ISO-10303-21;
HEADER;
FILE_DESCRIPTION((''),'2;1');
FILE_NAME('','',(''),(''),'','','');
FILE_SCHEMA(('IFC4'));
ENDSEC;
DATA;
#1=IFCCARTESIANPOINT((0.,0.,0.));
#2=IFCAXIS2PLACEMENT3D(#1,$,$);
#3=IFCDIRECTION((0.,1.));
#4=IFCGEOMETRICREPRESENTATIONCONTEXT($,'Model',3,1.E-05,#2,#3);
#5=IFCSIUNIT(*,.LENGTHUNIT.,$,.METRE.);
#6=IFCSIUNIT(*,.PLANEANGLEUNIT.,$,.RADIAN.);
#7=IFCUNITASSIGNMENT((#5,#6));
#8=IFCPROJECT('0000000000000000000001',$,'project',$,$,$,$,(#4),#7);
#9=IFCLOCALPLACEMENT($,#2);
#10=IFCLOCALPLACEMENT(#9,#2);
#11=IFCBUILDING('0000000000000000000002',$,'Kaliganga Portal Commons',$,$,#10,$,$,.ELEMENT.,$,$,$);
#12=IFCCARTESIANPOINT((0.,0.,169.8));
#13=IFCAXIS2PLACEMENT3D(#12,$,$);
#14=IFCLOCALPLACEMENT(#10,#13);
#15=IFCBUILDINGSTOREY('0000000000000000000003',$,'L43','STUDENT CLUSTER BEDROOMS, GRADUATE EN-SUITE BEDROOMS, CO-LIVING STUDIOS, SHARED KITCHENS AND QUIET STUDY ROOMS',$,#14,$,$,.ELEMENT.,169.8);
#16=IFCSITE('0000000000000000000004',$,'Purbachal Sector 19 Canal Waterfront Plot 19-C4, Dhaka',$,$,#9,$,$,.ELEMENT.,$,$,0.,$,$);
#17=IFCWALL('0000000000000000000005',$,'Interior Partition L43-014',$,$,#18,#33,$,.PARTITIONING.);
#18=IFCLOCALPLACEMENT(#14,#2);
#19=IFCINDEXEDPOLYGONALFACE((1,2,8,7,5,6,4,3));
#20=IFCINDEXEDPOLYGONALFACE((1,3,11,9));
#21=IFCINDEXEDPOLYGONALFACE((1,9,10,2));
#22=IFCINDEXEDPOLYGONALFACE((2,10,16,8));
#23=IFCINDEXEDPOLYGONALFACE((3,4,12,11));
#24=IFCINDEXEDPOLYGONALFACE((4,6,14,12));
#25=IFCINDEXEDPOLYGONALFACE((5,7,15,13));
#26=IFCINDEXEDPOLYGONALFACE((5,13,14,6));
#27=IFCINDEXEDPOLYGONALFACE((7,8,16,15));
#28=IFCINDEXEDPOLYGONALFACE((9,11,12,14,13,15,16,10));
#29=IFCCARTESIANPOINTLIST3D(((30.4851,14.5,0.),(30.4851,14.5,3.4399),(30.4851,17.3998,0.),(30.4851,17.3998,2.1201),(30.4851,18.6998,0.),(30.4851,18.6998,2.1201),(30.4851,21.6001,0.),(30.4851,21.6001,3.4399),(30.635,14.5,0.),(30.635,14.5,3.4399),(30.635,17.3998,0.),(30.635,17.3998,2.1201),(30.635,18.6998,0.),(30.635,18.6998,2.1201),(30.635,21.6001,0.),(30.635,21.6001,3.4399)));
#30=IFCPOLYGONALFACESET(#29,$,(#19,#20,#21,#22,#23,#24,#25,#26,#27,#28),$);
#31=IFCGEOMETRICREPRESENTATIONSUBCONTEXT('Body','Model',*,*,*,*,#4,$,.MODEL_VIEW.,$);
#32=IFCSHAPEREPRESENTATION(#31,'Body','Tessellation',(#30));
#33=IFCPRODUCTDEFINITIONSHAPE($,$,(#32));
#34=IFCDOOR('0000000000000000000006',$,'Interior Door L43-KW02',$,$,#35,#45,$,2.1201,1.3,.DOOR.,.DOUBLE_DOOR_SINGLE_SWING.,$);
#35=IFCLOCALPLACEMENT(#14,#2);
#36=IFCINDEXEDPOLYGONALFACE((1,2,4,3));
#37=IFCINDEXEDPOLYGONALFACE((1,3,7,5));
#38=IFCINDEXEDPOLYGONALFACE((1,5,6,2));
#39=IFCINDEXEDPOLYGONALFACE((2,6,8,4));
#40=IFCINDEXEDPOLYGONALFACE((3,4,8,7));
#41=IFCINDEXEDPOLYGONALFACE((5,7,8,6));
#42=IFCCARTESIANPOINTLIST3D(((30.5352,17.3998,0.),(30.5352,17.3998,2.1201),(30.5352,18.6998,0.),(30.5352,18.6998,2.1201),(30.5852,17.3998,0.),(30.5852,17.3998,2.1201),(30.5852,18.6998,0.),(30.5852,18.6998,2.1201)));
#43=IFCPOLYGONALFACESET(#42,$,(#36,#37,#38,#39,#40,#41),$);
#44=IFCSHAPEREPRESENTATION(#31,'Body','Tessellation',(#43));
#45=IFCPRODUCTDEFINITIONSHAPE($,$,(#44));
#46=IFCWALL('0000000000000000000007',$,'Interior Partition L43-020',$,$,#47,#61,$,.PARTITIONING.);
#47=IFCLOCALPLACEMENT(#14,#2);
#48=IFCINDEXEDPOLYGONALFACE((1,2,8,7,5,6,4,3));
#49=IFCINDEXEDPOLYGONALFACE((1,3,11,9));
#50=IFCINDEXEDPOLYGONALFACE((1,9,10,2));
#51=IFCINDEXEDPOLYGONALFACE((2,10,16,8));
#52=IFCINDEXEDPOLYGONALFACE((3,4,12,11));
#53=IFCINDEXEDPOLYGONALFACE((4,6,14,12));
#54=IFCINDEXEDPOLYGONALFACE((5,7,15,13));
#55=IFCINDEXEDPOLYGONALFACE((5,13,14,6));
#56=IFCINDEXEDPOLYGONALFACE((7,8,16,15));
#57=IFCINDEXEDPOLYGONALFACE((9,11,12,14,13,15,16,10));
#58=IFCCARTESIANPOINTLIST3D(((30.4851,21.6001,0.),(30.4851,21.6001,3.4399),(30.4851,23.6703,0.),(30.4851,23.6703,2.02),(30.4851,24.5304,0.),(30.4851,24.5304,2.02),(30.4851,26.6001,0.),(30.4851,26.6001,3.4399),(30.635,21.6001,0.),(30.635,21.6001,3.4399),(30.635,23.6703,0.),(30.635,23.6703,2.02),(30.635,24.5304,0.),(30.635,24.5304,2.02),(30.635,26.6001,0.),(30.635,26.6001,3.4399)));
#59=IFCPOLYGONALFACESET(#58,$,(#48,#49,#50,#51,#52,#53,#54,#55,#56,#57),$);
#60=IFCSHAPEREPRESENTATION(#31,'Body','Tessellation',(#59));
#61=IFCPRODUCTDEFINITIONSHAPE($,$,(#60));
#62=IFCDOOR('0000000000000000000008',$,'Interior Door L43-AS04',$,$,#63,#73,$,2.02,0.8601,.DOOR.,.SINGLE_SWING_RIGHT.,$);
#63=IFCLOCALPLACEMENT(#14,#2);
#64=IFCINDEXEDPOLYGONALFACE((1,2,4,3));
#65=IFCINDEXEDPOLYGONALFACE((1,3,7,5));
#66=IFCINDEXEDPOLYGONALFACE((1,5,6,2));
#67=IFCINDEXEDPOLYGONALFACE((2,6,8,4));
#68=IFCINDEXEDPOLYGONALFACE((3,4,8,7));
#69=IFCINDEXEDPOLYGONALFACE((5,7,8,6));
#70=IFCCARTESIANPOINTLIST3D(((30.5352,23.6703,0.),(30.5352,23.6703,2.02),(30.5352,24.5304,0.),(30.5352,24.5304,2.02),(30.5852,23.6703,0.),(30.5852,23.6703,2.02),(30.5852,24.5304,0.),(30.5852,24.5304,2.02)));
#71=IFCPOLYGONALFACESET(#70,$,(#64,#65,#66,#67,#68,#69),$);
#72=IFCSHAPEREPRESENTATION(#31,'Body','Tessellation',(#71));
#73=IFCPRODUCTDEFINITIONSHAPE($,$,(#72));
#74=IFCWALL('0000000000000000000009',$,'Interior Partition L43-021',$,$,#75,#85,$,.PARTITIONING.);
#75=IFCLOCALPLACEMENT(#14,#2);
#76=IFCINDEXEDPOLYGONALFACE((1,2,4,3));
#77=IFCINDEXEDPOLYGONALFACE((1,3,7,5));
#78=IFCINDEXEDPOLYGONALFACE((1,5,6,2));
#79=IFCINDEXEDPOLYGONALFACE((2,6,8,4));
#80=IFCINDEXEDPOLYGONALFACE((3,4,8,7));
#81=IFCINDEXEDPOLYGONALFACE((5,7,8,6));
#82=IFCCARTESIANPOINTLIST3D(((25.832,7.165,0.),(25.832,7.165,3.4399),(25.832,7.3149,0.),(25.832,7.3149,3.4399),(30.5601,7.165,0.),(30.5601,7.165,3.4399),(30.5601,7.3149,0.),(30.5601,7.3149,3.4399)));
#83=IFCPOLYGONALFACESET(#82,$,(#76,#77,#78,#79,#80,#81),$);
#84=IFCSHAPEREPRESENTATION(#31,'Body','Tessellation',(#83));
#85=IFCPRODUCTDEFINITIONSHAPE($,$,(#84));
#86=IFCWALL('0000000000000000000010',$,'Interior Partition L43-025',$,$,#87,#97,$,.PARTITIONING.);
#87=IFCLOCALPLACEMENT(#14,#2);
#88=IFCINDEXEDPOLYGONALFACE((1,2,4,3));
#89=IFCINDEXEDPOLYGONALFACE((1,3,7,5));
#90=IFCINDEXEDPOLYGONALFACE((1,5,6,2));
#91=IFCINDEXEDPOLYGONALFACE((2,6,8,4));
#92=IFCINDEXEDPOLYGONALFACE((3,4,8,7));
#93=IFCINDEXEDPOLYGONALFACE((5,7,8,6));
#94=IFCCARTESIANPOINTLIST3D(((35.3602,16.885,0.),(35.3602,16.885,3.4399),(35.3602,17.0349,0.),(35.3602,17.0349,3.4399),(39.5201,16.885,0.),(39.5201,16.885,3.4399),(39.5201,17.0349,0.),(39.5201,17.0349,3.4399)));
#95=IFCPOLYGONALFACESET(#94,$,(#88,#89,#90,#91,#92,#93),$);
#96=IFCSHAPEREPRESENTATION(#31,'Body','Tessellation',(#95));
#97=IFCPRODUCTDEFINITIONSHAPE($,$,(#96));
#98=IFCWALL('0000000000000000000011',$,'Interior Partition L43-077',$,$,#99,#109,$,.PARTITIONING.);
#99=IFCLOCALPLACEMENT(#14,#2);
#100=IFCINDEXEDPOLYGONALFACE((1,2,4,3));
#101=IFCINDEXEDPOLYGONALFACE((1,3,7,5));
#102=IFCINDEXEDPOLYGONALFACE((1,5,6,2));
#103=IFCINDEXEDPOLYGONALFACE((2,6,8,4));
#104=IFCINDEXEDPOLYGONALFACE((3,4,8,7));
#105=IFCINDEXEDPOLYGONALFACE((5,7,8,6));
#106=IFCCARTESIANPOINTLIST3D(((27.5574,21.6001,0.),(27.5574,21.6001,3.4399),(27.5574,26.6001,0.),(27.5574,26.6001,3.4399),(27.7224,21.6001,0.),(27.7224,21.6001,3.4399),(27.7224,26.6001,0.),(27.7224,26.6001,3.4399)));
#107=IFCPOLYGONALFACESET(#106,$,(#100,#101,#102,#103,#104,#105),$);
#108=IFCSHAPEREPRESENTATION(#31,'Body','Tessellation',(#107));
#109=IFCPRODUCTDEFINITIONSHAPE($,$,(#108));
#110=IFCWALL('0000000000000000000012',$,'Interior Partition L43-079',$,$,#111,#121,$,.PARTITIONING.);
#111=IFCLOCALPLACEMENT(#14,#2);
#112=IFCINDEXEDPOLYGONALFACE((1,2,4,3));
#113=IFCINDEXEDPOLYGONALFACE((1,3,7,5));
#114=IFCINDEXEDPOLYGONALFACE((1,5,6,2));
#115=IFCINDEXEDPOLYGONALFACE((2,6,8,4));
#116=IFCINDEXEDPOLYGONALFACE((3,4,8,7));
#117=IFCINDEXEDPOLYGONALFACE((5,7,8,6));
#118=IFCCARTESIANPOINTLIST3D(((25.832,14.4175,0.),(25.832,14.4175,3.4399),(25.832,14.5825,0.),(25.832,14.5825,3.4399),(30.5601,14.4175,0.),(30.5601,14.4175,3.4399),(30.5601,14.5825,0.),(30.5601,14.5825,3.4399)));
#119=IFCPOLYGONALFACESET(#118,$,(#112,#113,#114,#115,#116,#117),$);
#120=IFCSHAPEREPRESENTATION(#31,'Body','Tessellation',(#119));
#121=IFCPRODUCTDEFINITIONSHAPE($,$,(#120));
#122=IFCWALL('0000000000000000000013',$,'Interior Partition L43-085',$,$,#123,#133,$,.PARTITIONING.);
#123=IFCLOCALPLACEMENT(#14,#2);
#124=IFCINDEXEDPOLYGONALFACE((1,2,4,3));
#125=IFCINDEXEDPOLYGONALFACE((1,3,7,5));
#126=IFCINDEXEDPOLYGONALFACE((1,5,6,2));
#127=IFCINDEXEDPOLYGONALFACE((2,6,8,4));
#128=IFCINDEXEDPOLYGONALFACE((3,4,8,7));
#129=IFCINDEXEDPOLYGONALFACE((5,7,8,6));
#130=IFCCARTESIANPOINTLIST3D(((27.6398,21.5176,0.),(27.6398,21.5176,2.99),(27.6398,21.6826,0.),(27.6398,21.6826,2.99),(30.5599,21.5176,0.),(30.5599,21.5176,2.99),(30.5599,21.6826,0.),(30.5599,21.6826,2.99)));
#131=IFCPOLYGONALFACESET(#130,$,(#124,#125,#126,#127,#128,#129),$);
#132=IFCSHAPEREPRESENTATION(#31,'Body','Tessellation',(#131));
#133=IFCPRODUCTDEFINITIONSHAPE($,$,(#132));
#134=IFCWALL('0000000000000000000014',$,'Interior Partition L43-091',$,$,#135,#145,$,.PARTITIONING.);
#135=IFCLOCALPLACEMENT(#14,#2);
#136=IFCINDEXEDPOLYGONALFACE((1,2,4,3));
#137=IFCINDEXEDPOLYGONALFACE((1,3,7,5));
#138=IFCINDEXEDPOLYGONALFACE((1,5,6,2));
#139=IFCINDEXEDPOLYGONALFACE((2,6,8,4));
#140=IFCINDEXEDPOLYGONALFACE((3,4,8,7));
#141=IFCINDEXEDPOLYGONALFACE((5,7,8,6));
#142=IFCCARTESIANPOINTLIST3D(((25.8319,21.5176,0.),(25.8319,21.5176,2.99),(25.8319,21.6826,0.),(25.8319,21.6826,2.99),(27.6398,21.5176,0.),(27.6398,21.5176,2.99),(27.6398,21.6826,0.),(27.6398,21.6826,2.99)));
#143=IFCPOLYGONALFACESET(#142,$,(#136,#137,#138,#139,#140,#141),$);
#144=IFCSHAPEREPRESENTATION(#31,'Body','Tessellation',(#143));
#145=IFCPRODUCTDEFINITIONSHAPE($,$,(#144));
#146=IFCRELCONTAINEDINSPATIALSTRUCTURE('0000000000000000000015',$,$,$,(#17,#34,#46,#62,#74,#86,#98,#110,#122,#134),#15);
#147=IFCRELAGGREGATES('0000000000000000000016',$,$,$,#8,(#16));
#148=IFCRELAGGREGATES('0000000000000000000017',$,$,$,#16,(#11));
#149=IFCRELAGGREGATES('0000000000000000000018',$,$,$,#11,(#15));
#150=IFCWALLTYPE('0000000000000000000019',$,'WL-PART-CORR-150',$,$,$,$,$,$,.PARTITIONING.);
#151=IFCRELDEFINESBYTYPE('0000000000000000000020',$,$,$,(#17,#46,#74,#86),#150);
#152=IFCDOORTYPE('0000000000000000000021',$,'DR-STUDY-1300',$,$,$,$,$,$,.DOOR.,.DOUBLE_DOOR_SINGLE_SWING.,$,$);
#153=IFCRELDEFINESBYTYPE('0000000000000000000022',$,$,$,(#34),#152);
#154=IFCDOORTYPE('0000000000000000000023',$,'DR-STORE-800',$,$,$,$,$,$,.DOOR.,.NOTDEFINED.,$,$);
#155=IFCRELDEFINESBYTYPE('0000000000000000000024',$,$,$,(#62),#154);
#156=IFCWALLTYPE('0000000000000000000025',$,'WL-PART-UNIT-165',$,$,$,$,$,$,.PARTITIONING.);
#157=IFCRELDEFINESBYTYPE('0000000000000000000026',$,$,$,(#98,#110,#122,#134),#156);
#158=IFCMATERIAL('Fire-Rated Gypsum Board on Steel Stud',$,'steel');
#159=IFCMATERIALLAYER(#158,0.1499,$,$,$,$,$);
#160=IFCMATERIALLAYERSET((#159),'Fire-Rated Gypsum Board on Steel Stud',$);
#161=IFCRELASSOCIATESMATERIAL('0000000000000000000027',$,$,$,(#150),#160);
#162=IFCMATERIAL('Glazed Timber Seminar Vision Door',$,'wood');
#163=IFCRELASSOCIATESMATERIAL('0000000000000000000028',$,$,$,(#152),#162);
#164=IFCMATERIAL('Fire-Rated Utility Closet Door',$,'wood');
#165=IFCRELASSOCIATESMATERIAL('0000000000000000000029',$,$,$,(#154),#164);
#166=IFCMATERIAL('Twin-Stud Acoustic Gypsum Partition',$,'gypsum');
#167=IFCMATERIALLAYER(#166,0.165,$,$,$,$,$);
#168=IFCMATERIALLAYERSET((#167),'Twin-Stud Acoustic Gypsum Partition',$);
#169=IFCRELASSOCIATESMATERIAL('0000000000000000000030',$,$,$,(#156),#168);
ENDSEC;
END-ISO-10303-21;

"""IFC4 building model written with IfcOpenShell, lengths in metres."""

from ifc_helpers import new_model, si_unit, direction, frame, frame_2d, origin, place, context, subcontext, project, spatial, rectangle, extrude, material, layer, layer_set, type_object, element, fill, save


model = new_model("IFC4")

# Units and contexts
model_context = context("Model", 3, precision=1e-05, world=origin(), true_north=direction((0.0, 1.0)))
body_context = subcontext(model_context, "Body", "Model", "MODEL_VIEW")
ifc_project = project(units=[si_unit("LENGTHUNIT", "METRE"), si_unit("PLANEANGLEUNIT", "RADIAN")], contexts=[model_context])

# Site, building, storey
site_placement = place(None, origin())
site = spatial("IfcSite", under=ifc_project, at=site_placement, Name="Purbachal Sector 19 Canal Waterfront Plot 19-C4, Dhaka", CompositionType="ELEMENT", RefElevation=0.0)
building_placement = place(site_placement, origin())
building = spatial("IfcBuilding", under=site, at=building_placement, Name="Kaliganga Portal Commons", CompositionType="ELEMENT")
storey_placement = place(building_placement, frame((0.0, 0.0, 169.8)))
storey = spatial("IfcBuildingStorey", under=building, at=storey_placement, Name="L43", Description="STUDENT CLUSTER BEDROOMS, GRADUATE EN-SUITE BEDROOMS, CO-LIVING STUDIOS, SHARED KITCHENS AND QUIET STUDY ROOMS", CompositionType="ELEMENT", Elevation=169.8)

# Walls, openings, doors
ifc_material_1 = material(Name="Fire-Rated Gypsum Board on Steel Stud", Category="steel")
ifc_layer_1 = layer(ifc_material_1, 0.1499)
ifc_layer_set_1 = layer_set([ifc_layer_1], Name="Fire-Rated Gypsum Board on Steel Stud")
wall_type_1 = type_object("IfcWallType", Name="WL-PART-CORR-150", PredefinedType="PARTITIONING", material=ifc_layer_set_1)
ifc_material_2 = material(Name="Glazed Timber Seminar Vision Door", Category="wood")
door_type_1 = type_object("IfcDoorType", Name="DR-STUDY-1300", OperationType="DOUBLE_DOOR_SINGLE_SWING", PredefinedType="DOOR", material=ifc_material_2)
wall_1_placement = place(storey_placement, frame((30.5601, 14.5, 0.0), z_axis=(0.0, 0.0, 1.0), x_axis=(0.0, 1.0, 0.0)))
wall_1 = element("IfcWall", 1, at=wall_1_placement, inside=storey, type_object=wall_type_1, Name="Interior Partition L43-014", PredefinedType="PARTITIONING", context=body_context, shape_type="SweptSolid", body=[
    extrude(rectangle(XDim=7.1001, YDim=0.1499, at=frame_2d((3.55, 0.0))), origin(), (0.0, 0.0, 1.0), 3.4399),
])
opening_1_placement = place(wall_1_placement, frame((2.8999, 0.0, 0.0)))
opening_1 = element("IfcOpeningElement", 2, at=opening_1_placement, cuts=wall_1, PredefinedType="OPENING", context=body_context, shape_type="SweptSolid", body=[
    extrude(rectangle(XDim=1.3, YDim=2.1201, at=frame_2d((0.6499, 1.0601))), frame((0.0, 0.085, 0.0), z_axis=(0.0, -1.0, 0.0), x_axis=(1.0, 0.0, 0.0)), (0.0, 0.0, 1.0), 0.1699),
])
door_1_placement = place(opening_1_placement, origin())
door_1 = element("IfcDoor", 3, at=door_1_placement, inside=storey, type_object=door_type_1, Name="Interior Door L43-KW02", OperationType="DOUBLE_DOOR_SINGLE_SWING", OverallHeight=2.1201, OverallWidth=1.3, PredefinedType="DOOR", context=body_context, shape_type="SweptSolid", body=[
    extrude(rectangle(XDim=1.3, YDim=2.1201, at=frame_2d((0.6499, 1.0601))), frame((0.0, 0.0249, 0.0), z_axis=(0.0, -1.0, 0.0), x_axis=(1.0, 0.0, 0.0)), (0.0, 0.0, 1.0), 0.05),
])
fill(opening_1, door_1)
wall_2_placement = place(storey_placement, frame((30.5601, 21.6001, 0.0), z_axis=(0.0, 0.0, 1.0), x_axis=(0.0, 1.0, 0.0)))
wall_2 = element("IfcWall", 4, at=wall_2_placement, inside=storey, type_object=wall_type_1, Name="Interior Partition L43-020", PredefinedType="PARTITIONING", context=body_context, shape_type="SweptSolid", body=[
    extrude(rectangle(XDim=5.0, YDim=0.1499, at=frame_2d((2.5, 0.0))), origin(), (0.0, 0.0, 1.0), 3.4399),
])
opening_2_placement = place(wall_2_placement, frame((2.0701, 0.0, 0.0)))
opening_2 = element("IfcOpeningElement", 5, at=opening_2_placement, cuts=wall_2, PredefinedType="OPENING", context=body_context, shape_type="SweptSolid", body=[
    extrude(rectangle(XDim=0.8601, YDim=2.02, at=frame_2d((0.4302, 1.01))), frame((0.0, 0.085, 0.0), z_axis=(0.0, -1.0, 0.0), x_axis=(1.0, 0.0, 0.0)), (0.0, 0.0, 1.0), 0.1699),
])
ifc_material_3 = material(Name="Fire-Rated Utility Closet Door", Category="wood")
door_type_2 = type_object("IfcDoorType", Name="DR-STORE-800", OperationType="NOTDEFINED", PredefinedType="DOOR", material=ifc_material_3)
door_2_placement = place(opening_2_placement, origin())
door_2 = element("IfcDoor", 6, at=door_2_placement, inside=storey, type_object=door_type_2, Name="Interior Door L43-AS04", OperationType="SINGLE_SWING_RIGHT", OverallHeight=2.02, OverallWidth=0.8601, PredefinedType="DOOR", context=body_context, shape_type="SweptSolid", body=[
    extrude(rectangle(XDim=0.8601, YDim=2.02, at=frame_2d((0.4302, 1.01))), frame((0.0, 0.0249, 0.0), z_axis=(0.0, -1.0, 0.0), x_axis=(1.0, 0.0, 0.0)), (0.0, 0.0, 1.0), 0.05),
])
fill(opening_2, door_2)

# Walls
wall_3_placement = place(storey_placement, frame((25.832, 7.24, 0.0), z_axis=(0.0, 0.0, 1.0), x_axis=(1.0, 0.0, 0.0)))
element("IfcWall", 7, at=wall_3_placement, inside=storey, type_object=wall_type_1, Name="Interior Partition L43-021", PredefinedType="PARTITIONING", context=body_context, shape_type="SweptSolid", body=[
    extrude(rectangle(XDim=4.728, YDim=0.1499, at=frame_2d((2.364, 0.0))), origin(), (0.0, 0.0, 1.0), 3.4399),
])
wall_4_placement = place(storey_placement, frame((35.3601, 16.96, 0.0), z_axis=(0.0, 0.0, 1.0), x_axis=(1.0, 0.0, 0.0)))
element("IfcWall", 8, at=wall_4_placement, inside=storey, type_object=wall_type_1, Name="Interior Partition L43-025", PredefinedType="PARTITIONING", context=body_context, shape_type="SweptSolid", body=[
    extrude(rectangle(XDim=4.1599, YDim=0.1499, at=frame_2d((2.0801, 0.0))), origin(), (0.0, 0.0, 1.0), 3.4399),
])
ifc_material_4 = material(Name="Twin-Stud Acoustic Gypsum Partition", Category="gypsum")
ifc_layer_2 = layer(ifc_material_4, 0.165)
ifc_layer_set_2 = layer_set([ifc_layer_2], Name="Twin-Stud Acoustic Gypsum Partition")
wall_type_2 = type_object("IfcWallType", Name="WL-PART-UNIT-165", PredefinedType="PARTITIONING", material=ifc_layer_set_2)
wall_5_placement = place(storey_placement, frame((27.6399, 21.6001, 0.0), z_axis=(0.0, 0.0, 1.0), x_axis=(0.0, 1.0, 0.0)))
element("IfcWall", 9, at=wall_5_placement, inside=storey, type_object=wall_type_2, Name="Interior Partition L43-077", PredefinedType="PARTITIONING", context=body_context, shape_type="SweptSolid", body=[
    extrude(rectangle(XDim=5.0, YDim=0.165, at=frame_2d((2.5, 0.0))), origin(), (0.0, 0.0, 1.0), 3.4399),
])
wall_6_placement = place(storey_placement, frame((25.832, 14.5, 0.0), z_axis=(0.0, 0.0, 1.0), x_axis=(1.0, 0.0, 0.0)))
element("IfcWall", 10, at=wall_6_placement, inside=storey, type_object=wall_type_2, Name="Interior Partition L43-079", PredefinedType="PARTITIONING", context=body_context, shape_type="SweptSolid", body=[
    extrude(rectangle(XDim=4.728, YDim=0.165, at=frame_2d((2.364, 0.0))), origin(), (0.0, 0.0, 1.0), 3.4399),
])
wall_7_placement = place(storey_placement, frame((27.6399, 21.6001, 0.0), z_axis=(0.0, 0.0, 1.0), x_axis=(1.0, 0.0, 0.0)))
element("IfcWall", 11, at=wall_7_placement, inside=storey, type_object=wall_type_2, Name="Interior Partition L43-085", PredefinedType="PARTITIONING", context=body_context, shape_type="SweptSolid", body=[
    extrude(rectangle(XDim=2.9202, YDim=0.165, at=frame_2d((1.46, 0.0))), origin(), (0.0, 0.0, 1.0), 2.99),
])
wall_8_placement = place(storey_placement, frame((25.832, 21.6001, 0.0), z_axis=(0.0, 0.0, 1.0), x_axis=(1.0, 0.0, 0.0)))
element("IfcWall", 12, at=wall_8_placement, inside=storey, type_object=wall_type_2, Name="Interior Partition L43-091", PredefinedType="PARTITIONING", context=body_context, shape_type="SweptSolid", body=[
    extrude(rectangle(XDim=1.8079, YDim=0.165, at=frame_2d((0.9038, 0.0))), origin(), (0.0, 0.0, 1.0), 2.99),
])

save(model, "model.ifc")
